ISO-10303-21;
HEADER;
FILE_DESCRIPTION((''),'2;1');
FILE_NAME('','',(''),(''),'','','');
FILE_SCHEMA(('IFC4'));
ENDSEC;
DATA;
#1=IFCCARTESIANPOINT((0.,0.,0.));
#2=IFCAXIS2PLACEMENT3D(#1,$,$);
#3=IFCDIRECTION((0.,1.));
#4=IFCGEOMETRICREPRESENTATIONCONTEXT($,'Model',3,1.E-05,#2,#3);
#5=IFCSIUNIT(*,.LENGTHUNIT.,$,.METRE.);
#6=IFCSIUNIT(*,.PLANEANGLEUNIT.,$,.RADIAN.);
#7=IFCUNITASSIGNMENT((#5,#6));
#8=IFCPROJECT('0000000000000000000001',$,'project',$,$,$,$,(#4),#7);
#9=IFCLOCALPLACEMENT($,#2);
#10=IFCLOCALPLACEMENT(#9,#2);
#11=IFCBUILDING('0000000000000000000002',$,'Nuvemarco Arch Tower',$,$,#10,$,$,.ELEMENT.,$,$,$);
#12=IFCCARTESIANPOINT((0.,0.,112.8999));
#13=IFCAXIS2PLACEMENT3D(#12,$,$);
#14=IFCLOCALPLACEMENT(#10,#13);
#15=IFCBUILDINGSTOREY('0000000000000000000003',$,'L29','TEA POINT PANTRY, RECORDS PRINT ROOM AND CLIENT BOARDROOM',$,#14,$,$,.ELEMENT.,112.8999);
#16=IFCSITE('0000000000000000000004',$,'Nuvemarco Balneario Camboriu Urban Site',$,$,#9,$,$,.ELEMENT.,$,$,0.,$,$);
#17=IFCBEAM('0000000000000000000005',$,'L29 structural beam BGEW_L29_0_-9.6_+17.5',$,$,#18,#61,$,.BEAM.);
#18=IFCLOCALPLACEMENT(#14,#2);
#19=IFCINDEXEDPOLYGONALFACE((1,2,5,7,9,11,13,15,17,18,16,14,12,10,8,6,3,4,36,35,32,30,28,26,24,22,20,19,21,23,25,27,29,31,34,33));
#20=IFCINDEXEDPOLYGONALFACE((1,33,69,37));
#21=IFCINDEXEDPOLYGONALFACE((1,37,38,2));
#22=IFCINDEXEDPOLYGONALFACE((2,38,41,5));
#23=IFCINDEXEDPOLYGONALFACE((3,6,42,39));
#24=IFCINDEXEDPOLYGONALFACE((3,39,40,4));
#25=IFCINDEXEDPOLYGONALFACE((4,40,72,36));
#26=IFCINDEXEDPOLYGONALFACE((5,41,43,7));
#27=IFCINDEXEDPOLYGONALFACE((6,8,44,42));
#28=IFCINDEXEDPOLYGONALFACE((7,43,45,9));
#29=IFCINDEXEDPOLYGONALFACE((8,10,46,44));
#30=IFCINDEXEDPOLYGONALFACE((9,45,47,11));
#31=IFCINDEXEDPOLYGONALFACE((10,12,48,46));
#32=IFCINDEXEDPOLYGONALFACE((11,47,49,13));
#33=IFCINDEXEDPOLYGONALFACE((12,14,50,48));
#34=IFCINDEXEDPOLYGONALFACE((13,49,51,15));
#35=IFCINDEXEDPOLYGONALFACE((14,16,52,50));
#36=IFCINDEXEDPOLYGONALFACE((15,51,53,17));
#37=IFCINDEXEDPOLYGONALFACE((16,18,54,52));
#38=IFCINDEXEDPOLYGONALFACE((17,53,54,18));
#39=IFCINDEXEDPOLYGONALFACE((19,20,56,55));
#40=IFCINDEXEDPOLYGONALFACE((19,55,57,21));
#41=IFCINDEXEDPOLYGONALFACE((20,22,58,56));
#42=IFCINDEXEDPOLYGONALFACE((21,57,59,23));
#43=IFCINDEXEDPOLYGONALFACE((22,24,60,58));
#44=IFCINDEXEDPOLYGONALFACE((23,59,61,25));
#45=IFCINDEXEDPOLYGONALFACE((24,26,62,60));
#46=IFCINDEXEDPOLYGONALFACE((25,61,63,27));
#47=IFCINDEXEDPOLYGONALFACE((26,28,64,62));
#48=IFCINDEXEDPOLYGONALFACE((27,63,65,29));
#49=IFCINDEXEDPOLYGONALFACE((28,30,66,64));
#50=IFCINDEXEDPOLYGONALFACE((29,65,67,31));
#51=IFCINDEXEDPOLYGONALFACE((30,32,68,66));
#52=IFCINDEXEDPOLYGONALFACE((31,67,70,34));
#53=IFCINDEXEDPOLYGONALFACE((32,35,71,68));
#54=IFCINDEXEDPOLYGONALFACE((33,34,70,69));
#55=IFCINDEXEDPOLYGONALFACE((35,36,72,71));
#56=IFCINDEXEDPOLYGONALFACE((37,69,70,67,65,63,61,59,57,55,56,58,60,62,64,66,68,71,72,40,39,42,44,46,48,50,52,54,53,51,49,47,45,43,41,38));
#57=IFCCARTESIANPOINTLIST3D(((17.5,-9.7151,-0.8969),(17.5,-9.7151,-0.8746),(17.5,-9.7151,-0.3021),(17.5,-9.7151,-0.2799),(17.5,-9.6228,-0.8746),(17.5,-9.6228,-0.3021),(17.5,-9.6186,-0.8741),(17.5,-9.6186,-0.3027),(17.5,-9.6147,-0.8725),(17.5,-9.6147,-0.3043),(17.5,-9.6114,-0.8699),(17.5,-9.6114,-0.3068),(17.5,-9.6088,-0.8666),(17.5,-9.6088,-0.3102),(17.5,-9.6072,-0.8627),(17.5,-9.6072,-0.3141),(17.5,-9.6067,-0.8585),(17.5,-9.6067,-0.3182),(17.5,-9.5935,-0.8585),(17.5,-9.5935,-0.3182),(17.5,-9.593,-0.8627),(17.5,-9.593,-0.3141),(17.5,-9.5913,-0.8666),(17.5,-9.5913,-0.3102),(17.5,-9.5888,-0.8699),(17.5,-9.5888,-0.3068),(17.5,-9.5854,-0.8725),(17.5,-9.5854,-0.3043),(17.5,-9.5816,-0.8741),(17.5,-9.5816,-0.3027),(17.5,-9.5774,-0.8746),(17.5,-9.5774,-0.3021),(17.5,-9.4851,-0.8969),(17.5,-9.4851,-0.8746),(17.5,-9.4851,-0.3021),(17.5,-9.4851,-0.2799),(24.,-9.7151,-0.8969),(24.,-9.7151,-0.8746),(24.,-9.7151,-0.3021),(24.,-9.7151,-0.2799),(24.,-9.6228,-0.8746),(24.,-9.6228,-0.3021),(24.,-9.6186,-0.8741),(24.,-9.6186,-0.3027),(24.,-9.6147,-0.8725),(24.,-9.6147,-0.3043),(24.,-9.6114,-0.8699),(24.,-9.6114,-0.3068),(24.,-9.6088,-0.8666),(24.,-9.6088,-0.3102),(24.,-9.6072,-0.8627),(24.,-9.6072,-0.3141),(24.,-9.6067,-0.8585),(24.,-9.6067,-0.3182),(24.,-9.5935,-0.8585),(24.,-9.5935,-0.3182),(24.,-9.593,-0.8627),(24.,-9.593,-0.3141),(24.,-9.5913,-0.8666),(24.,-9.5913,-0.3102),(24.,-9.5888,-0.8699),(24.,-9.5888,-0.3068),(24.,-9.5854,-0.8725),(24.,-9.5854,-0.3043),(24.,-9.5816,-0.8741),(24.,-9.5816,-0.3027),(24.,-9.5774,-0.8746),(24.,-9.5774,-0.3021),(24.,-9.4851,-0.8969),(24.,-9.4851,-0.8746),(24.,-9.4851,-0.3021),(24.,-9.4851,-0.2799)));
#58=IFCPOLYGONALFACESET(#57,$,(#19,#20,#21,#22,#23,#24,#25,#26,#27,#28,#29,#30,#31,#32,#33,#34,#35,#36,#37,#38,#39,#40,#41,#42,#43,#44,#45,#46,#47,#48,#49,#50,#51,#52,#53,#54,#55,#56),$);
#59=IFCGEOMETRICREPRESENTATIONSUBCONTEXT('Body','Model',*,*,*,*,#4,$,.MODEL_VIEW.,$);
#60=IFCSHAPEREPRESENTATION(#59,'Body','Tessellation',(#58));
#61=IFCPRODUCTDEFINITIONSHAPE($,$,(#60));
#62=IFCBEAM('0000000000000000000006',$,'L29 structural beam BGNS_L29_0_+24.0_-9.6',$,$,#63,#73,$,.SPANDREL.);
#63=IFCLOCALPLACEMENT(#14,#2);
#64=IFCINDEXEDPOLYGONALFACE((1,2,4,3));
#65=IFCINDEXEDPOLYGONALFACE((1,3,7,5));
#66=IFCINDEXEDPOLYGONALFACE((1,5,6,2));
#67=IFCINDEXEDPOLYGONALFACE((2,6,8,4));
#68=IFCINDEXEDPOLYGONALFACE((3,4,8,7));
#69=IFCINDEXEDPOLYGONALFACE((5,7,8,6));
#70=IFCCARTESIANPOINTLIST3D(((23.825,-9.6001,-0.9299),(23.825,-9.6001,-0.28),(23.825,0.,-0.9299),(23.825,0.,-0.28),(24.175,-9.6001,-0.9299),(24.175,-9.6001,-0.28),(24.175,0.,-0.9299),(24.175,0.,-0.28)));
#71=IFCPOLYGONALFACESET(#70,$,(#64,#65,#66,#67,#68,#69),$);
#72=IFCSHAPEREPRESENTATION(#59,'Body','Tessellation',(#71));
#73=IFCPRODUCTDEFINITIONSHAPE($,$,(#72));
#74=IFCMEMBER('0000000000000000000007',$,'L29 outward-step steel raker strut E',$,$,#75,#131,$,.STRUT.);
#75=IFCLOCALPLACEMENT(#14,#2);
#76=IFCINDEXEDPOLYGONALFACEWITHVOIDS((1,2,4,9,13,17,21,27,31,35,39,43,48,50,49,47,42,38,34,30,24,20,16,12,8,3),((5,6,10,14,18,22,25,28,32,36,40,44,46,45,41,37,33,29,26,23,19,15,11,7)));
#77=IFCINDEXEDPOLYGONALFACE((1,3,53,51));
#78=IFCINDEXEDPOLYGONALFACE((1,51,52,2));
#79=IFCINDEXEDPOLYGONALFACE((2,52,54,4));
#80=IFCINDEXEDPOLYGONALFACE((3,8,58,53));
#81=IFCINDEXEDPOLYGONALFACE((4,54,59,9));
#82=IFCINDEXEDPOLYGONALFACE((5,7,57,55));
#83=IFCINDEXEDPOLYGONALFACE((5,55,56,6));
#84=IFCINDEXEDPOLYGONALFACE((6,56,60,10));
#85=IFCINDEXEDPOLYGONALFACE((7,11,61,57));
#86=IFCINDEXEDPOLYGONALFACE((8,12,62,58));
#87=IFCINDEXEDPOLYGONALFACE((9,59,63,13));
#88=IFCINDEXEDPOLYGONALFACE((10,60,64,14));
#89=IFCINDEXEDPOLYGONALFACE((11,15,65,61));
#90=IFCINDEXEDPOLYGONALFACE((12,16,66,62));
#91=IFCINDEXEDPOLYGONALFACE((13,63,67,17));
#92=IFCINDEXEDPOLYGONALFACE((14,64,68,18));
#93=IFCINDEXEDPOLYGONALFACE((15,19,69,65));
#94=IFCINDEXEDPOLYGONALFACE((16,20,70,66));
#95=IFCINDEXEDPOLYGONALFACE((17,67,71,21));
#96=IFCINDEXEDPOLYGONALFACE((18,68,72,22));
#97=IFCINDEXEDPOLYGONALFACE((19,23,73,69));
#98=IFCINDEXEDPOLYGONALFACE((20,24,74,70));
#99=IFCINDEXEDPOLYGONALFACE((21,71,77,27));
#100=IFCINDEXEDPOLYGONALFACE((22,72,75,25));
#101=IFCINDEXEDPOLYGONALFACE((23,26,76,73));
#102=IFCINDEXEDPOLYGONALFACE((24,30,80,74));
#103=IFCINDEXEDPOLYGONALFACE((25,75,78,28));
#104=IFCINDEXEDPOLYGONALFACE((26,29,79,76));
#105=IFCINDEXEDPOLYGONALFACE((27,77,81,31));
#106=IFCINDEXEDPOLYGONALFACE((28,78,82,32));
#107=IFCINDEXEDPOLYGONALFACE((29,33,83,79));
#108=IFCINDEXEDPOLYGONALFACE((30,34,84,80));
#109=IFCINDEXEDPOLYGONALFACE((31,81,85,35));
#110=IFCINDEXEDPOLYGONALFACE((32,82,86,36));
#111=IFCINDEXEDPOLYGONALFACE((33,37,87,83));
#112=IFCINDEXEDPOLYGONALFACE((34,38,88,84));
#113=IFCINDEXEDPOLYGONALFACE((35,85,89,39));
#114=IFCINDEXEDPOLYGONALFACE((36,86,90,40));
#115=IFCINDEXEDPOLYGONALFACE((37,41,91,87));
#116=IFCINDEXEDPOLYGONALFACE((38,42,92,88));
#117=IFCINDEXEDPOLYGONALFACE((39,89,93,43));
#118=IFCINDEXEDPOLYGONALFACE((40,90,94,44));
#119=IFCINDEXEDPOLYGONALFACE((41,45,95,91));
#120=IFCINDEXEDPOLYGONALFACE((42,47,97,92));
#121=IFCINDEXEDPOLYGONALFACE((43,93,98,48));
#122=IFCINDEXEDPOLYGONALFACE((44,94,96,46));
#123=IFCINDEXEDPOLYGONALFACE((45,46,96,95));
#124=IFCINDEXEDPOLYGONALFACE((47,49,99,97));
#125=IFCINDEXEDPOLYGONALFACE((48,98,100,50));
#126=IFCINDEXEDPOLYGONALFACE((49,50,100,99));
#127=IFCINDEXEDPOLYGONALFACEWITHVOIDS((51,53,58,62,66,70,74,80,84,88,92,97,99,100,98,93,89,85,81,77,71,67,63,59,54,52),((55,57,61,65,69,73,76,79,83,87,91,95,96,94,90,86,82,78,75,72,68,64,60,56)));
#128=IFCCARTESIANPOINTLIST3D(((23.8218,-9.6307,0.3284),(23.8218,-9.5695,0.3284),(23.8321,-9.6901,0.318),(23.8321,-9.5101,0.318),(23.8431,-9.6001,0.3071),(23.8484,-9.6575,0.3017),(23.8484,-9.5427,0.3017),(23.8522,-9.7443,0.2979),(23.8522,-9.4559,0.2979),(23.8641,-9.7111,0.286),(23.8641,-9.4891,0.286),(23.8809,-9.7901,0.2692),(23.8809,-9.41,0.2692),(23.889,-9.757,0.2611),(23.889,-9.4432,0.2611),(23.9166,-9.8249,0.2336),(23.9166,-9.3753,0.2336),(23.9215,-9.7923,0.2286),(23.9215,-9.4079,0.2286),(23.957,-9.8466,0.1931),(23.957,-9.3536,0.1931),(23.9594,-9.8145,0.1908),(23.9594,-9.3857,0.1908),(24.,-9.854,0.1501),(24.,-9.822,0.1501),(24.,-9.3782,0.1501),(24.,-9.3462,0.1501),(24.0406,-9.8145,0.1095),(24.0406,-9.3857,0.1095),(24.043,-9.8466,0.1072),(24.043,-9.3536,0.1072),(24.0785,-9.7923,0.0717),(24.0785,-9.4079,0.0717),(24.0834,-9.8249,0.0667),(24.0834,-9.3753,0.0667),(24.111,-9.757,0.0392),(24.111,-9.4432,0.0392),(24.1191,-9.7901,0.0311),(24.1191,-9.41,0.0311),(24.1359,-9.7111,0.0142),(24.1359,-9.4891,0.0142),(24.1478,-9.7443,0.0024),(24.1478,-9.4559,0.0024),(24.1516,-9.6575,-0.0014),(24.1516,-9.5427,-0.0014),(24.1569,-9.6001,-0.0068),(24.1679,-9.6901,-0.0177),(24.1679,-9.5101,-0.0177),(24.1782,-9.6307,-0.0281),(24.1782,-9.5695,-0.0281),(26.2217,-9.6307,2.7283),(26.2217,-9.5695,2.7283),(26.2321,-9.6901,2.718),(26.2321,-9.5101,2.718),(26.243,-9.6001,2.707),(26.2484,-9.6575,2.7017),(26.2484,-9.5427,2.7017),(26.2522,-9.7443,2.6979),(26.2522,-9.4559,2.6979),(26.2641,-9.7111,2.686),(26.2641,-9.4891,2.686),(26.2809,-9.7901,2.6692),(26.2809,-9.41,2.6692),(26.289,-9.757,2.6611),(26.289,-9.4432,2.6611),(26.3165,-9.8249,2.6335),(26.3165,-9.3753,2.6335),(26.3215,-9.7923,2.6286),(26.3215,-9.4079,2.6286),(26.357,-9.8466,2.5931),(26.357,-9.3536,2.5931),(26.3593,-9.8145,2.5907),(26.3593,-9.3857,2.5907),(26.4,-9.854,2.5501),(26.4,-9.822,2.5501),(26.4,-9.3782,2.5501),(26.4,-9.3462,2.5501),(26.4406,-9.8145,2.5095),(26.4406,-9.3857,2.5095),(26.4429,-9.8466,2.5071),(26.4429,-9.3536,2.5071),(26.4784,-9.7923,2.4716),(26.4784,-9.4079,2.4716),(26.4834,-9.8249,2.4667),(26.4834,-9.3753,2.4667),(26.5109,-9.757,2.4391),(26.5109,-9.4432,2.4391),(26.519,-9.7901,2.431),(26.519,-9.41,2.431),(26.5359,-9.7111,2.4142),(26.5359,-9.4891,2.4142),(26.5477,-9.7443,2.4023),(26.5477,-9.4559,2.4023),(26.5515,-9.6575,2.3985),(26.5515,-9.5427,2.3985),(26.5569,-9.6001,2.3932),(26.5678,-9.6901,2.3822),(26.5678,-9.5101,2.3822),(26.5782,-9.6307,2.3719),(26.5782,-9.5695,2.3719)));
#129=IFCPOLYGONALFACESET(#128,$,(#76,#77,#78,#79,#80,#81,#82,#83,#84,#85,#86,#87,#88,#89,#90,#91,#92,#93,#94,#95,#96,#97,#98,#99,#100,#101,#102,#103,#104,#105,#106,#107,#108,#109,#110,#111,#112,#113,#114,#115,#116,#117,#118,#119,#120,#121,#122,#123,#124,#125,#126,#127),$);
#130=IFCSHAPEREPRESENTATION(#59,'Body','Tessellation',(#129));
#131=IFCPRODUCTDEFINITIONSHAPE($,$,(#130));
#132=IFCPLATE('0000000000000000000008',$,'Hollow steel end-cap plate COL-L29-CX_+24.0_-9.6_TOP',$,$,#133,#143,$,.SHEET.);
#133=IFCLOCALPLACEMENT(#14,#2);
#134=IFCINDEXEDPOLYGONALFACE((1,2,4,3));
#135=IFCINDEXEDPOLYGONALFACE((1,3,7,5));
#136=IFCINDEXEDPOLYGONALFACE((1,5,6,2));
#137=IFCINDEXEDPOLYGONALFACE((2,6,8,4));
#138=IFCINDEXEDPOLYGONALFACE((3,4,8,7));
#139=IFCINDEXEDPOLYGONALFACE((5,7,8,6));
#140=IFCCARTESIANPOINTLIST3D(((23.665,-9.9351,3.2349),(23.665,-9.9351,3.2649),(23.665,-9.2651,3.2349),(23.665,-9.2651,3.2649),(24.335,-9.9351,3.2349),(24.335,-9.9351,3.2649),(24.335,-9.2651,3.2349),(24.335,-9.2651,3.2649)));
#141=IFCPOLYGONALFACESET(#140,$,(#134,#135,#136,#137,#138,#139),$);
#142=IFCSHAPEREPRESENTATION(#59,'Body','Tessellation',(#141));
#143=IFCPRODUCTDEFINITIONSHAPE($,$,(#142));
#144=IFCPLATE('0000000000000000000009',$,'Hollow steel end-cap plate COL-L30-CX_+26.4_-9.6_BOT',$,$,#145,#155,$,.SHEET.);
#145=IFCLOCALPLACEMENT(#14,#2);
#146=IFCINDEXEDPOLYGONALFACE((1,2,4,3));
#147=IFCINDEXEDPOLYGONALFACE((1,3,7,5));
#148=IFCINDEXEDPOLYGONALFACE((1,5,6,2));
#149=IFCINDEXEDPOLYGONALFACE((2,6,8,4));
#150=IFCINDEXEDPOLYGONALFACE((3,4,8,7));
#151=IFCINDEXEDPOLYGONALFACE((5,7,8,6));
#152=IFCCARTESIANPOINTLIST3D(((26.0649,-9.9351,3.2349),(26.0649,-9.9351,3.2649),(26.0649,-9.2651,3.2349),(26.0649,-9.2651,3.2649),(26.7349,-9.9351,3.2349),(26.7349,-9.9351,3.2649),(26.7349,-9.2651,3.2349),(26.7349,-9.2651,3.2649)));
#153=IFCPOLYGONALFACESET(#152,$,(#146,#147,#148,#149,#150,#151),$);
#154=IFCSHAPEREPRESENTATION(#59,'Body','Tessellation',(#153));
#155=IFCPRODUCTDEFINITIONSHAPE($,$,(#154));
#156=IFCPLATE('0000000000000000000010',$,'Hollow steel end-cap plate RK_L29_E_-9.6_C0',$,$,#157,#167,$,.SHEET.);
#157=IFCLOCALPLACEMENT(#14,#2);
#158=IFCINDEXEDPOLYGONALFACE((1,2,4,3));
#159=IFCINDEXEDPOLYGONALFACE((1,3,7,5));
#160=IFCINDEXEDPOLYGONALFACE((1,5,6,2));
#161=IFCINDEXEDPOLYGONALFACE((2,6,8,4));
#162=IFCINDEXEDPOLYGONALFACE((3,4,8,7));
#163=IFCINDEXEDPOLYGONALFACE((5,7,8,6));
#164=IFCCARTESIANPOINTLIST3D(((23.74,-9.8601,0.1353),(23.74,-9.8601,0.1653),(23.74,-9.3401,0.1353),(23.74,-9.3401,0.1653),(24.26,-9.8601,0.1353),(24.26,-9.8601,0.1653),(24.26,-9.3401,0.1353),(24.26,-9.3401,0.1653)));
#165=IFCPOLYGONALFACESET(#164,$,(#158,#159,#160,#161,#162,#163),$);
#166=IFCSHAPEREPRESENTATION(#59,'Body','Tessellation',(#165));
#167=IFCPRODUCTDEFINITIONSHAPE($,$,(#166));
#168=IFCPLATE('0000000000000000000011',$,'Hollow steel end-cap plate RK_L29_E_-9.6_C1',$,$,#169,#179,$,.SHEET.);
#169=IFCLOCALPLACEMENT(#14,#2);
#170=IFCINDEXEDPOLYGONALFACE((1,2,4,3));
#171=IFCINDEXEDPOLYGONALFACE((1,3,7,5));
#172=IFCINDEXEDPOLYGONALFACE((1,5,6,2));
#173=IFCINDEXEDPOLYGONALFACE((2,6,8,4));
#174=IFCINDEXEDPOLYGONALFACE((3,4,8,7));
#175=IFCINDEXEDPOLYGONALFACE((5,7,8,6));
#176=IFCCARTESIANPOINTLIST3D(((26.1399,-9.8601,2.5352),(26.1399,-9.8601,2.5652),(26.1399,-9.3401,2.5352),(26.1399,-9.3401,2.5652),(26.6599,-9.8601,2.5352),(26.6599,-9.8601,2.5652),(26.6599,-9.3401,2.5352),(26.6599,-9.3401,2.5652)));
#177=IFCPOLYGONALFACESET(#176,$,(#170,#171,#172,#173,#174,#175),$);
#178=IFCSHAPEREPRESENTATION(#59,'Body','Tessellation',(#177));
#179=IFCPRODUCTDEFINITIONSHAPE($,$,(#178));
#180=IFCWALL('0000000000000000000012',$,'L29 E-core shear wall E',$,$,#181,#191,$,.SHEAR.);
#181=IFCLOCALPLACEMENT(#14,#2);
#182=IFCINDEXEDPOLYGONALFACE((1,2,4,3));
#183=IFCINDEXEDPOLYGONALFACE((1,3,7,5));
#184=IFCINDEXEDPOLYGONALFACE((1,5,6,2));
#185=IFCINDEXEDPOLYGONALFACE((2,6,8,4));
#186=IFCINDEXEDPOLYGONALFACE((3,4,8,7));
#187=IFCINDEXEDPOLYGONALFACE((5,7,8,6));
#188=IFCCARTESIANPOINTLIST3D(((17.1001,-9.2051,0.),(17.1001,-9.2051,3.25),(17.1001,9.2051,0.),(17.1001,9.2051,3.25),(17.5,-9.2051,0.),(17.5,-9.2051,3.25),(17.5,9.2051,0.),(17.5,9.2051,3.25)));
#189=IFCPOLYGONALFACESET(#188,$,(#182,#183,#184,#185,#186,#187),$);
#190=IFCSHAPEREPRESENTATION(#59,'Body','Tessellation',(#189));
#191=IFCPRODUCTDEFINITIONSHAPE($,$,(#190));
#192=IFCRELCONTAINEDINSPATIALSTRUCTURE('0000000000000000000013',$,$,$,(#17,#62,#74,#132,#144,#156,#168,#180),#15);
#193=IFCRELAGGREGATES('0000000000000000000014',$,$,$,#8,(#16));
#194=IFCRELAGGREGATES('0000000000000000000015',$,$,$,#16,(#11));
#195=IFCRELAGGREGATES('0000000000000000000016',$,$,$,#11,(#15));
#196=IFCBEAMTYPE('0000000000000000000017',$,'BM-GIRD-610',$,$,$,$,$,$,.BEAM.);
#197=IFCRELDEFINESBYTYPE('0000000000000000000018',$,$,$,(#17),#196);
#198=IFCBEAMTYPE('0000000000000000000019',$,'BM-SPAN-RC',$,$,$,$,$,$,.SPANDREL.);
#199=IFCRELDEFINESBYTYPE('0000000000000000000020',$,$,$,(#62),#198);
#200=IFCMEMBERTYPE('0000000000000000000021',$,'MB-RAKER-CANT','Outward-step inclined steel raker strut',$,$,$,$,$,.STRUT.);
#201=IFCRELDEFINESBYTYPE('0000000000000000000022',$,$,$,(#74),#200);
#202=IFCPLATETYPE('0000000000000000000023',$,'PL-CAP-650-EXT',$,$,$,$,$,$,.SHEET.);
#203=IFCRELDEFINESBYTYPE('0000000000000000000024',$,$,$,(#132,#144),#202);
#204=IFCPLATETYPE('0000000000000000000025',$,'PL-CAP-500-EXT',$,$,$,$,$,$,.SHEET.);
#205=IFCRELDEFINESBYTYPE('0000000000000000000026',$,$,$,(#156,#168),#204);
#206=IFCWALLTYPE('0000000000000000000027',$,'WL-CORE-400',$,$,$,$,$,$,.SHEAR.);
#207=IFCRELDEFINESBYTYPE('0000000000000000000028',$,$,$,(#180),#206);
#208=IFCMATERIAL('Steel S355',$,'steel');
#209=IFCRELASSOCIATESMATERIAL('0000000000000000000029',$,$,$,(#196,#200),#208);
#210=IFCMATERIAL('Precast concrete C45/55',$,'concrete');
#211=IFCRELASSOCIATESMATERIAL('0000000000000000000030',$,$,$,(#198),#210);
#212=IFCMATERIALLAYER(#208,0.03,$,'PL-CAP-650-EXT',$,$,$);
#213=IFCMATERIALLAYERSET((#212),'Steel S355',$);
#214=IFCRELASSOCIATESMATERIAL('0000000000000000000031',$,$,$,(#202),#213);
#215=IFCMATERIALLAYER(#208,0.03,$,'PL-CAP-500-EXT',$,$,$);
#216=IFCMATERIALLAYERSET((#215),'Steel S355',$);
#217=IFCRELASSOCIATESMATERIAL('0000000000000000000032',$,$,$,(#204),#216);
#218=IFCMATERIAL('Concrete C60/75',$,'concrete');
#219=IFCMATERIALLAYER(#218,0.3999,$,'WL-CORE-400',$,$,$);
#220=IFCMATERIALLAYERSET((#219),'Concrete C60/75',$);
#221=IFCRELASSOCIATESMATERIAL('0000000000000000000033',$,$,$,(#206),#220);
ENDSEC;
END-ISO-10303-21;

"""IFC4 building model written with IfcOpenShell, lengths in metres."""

from ifc_helpers import new_model, si_unit, direction, frame, frame_2d, origin, origin_2d, place, context, subcontext, project, spatial, rectangle, hollow_circle, i_section, extrude, source, transform, mapped, material, layer, layer_set, material_profile, profile_set, type_object, type_shapes, element, save


model = new_model("IFC4")

# Units and contexts
model_context = context("Model", 3, precision=1e-05, world=origin(), true_north=direction((0.0, 1.0)))
body_context = subcontext(model_context, "Body", "Model", "MODEL_VIEW")
ifc_project = project(units=[si_unit("LENGTHUNIT", "METRE"), si_unit("PLANEANGLEUNIT", "RADIAN")], contexts=[model_context])

# Site, building, storey
site_placement = place(None, origin())
site = spatial("IfcSite", under=ifc_project, at=site_placement, Name="Nuvemarco Balneario Camboriu Urban Site", CompositionType="ELEMENT", RefElevation=0.0)
building_placement = place(site_placement, origin())
building = spatial("IfcBuilding", under=site, at=building_placement, Name="Nuvemarco Arch Tower", CompositionType="ELEMENT")
storey_placement = place(building_placement, frame((0.0, 0.0, 112.8999)))
storey = spatial("IfcBuildingStorey", under=building, at=storey_placement, Name="L29", Description="TEA POINT PANTRY, RECORDS PRINT ROOM AND CLIENT BOARDROOM", CompositionType="ELEMENT", Elevation=112.8999)

# Shared definitions
ifc_material_1 = material(Name="Concrete C60/75", Category="concrete")
ifc_material_2 = material(Name="Steel S355", Category="steel")

# Beams
ifc_material_profile_1 = material_profile(ifc_material_2, i_section(OverallWidth=0.23, OverallDepth=0.6169, WebThickness=0.0132, FlangeThickness=0.0222, FilletRadius=0.0161, at=origin_2d()), Name="W610x140")
ifc_profile_set_1 = profile_set([ifc_material_profile_1], Name="Steel S355")
beam_type_1 = type_object("IfcBeamType", Name="BM-GIRD-610", PredefinedType="BEAM", material=ifc_profile_set_1)
beam_1_placement = place(storey_placement, frame((17.5, -9.6001, -0.5884), z_axis=(1.0, 0.0, 0.0), x_axis=(0.0, 1.0, 0.0)))
element("IfcBeam", 1, at=beam_1_placement, inside=storey, type_object=beam_type_1, Name="L29 structural beam BGEW_L29_0_-9.6_+17.5", PredefinedType="BEAM", context=body_context, shape_type="SweptSolid", body=[
    extrude(i_section(OverallWidth=0.23, OverallDepth=0.6169, WebThickness=0.0132, FlangeThickness=0.0222, FilletRadius=0.0161, at=origin_2d()), origin(), (0.0, 0.0, 1.0), 6.5),
])
ifc_material_3 = material(Name="Precast concrete C45/55", Category="concrete")
ifc_material_profile_2 = material_profile(ifc_material_3, rectangle(XDim=0.3501, YDim=0.6499, at=origin_2d()), Name="PC-SP-350x650")
ifc_profile_set_2 = profile_set([ifc_material_profile_2], Name="Precast concrete C45/55")
beam_type_2 = type_object("IfcBeamType", Name="BM-SPAN-RC", PredefinedType="SPANDREL", material=ifc_profile_set_2)
beam_2_placement = place(storey_placement, frame((24.0, -9.6001, -0.605), z_axis=(0.0, 1.0, 0.0), x_axis=(-1.0, 0.0, 0.0)))
element("IfcBeam", 2, at=beam_2_placement, inside=storey, type_object=beam_type_2, Name="L29 structural beam BGNS_L29_0_+24.0_-9.6", PredefinedType="SPANDREL", context=body_context, shape_type="SweptSolid", body=[
    extrude(rectangle(XDim=0.3501, YDim=0.6499, at=origin_2d()), origin(), (0.0, 0.0, 1.0), 9.6001),
])

# Member
ifc_material_profile_3 = material_profile(ifc_material_2, hollow_circle(Radius=0.2539, WallThickness=0.032, at=origin_2d()), Name="CHS508x32")
ifc_profile_set_3 = profile_set([ifc_material_profile_3], Name="Steel S355")
member_type = type_object("IfcMemberType", Name="MB-RAKER-CANT", Description="Outward-step inclined steel raker strut", PredefinedType="STRUT", material=ifc_profile_set_3)
member_placement = place(storey_placement, frame((24.0, -9.6001, 0.1501), z_axis=(0.707107, 0.0, 0.707107), x_axis=(0.0, 1.0, 0.0)))
element("IfcMember", 3, at=member_placement, inside=storey, type_object=member_type, Name="L29 outward-step steel raker strut E", PredefinedType="STRUT", context=body_context, shape_type="SweptSolid", body=[
    extrude(hollow_circle(Radius=0.2539, WallThickness=0.032, at=origin_2d()), origin(), (0.0, 0.0, 1.0), 3.394),
])

# Plates
ifc_layer_1 = layer(ifc_material_2, 0.03, Name="PL-CAP-650-EXT")
ifc_layer_set_1 = layer_set([ifc_layer_1], Name="Steel S355")
plate_type_1 = type_object("IfcPlateType", Name="PL-CAP-650-EXT", PredefinedType="SHEET", material=ifc_layer_set_1)
shared_shape_1 = source(origin(), body_context, "Body", "SweptSolid", [
    extrude(rectangle(XDim=0.6699, YDim=0.6699, at=origin_2d()), origin(), (0.0, 0.0, 1.0), 0.03),
])
type_shapes(plate_type_1, [shared_shape_1])
for number, where, z_axis, x_axis, name in (
    (4, (24.0, -9.6001, 3.2349), (0.0, 0.0, 1.0), (1.0, 0.0, 0.0), "Hollow steel end-cap plate COL-L29-CX_+24.0_-9.6_TOP"),
    (5, (26.3999, -9.6001, 3.2349), (0.0, 0.0, 1.0), (1.0, 0.0, 0.0), "Hollow steel end-cap plate COL-L30-CX_+26.4_-9.6_BOT"),
):
    element("IfcPlate", number, at=place(storey_placement, frame(where, z_axis=z_axis, x_axis=x_axis)), inside=storey, type_object=plate_type_1, Name=name, PredefinedType="SHEET", context=body_context, shape_type="MappedRepresentation", body=[
        mapped(shared_shape_1, transform((0.0, 0.0, 0.0), scale=1.0)),
    ])
ifc_layer_2 = layer(ifc_material_2, 0.03, Name="PL-CAP-500-EXT")
ifc_layer_set_2 = layer_set([ifc_layer_2], Name="Steel S355")
plate_type_2 = type_object("IfcPlateType", Name="PL-CAP-500-EXT", PredefinedType="SHEET", material=ifc_layer_set_2)
shared_shape_2 = source(origin(), body_context, "Body", "SweptSolid", [
    extrude(rectangle(XDim=0.52, YDim=0.52, at=origin_2d()), origin(), (0.0, 0.0, 1.0), 0.03),
])
type_shapes(plate_type_2, [shared_shape_2])
for number, where, z_axis, x_axis, name in (
    (6, (24.0, -9.6001, 0.1353), (0.0, 0.0, 1.0), (1.0, 0.0, 0.0), "Hollow steel end-cap plate RK_L29_E_-9.6_C0"),
    (7, (26.3999, -9.6001, 2.5352), (0.0, 0.0, 1.0), (1.0, 0.0, 0.0), "Hollow steel end-cap plate RK_L29_E_-9.6_C1"),
):
    element("IfcPlate", number, at=place(storey_placement, frame(where, z_axis=z_axis, x_axis=x_axis)), inside=storey, type_object=plate_type_2, Name=name, PredefinedType="SHEET", context=body_context, shape_type="MappedRepresentation", body=[
        mapped(shared_shape_2, transform((0.0, 0.0, 0.0), scale=1.0)),
    ])

# Wall
ifc_layer_3 = layer(ifc_material_1, 0.3999, Name="WL-CORE-400")
ifc_layer_set_3 = layer_set([ifc_layer_3], Name="Concrete C60/75")
wall_type_1 = type_object("IfcWallType", Name="WL-CORE-400", PredefinedType="SHEAR", material=ifc_layer_set_3)
wall_1_placement = place(storey_placement, frame((17.3, -9.2051, 0.0), z_axis=(0.0, 0.0, 1.0), x_axis=(0.0, 1.0, 0.0)))
element("IfcWall", 8, at=wall_1_placement, inside=storey, type_object=wall_type_1, Name="L29 E-core shear wall E", PredefinedType="SHEAR", context=body_context, shape_type="SweptSolid", body=[
    extrude(rectangle(XDim=18.4102, YDim=0.3999, at=frame_2d((9.2051, 0.0))), origin(), (0.0, 0.0, 1.0), 3.25),
])

save(model, "model.ifc")
